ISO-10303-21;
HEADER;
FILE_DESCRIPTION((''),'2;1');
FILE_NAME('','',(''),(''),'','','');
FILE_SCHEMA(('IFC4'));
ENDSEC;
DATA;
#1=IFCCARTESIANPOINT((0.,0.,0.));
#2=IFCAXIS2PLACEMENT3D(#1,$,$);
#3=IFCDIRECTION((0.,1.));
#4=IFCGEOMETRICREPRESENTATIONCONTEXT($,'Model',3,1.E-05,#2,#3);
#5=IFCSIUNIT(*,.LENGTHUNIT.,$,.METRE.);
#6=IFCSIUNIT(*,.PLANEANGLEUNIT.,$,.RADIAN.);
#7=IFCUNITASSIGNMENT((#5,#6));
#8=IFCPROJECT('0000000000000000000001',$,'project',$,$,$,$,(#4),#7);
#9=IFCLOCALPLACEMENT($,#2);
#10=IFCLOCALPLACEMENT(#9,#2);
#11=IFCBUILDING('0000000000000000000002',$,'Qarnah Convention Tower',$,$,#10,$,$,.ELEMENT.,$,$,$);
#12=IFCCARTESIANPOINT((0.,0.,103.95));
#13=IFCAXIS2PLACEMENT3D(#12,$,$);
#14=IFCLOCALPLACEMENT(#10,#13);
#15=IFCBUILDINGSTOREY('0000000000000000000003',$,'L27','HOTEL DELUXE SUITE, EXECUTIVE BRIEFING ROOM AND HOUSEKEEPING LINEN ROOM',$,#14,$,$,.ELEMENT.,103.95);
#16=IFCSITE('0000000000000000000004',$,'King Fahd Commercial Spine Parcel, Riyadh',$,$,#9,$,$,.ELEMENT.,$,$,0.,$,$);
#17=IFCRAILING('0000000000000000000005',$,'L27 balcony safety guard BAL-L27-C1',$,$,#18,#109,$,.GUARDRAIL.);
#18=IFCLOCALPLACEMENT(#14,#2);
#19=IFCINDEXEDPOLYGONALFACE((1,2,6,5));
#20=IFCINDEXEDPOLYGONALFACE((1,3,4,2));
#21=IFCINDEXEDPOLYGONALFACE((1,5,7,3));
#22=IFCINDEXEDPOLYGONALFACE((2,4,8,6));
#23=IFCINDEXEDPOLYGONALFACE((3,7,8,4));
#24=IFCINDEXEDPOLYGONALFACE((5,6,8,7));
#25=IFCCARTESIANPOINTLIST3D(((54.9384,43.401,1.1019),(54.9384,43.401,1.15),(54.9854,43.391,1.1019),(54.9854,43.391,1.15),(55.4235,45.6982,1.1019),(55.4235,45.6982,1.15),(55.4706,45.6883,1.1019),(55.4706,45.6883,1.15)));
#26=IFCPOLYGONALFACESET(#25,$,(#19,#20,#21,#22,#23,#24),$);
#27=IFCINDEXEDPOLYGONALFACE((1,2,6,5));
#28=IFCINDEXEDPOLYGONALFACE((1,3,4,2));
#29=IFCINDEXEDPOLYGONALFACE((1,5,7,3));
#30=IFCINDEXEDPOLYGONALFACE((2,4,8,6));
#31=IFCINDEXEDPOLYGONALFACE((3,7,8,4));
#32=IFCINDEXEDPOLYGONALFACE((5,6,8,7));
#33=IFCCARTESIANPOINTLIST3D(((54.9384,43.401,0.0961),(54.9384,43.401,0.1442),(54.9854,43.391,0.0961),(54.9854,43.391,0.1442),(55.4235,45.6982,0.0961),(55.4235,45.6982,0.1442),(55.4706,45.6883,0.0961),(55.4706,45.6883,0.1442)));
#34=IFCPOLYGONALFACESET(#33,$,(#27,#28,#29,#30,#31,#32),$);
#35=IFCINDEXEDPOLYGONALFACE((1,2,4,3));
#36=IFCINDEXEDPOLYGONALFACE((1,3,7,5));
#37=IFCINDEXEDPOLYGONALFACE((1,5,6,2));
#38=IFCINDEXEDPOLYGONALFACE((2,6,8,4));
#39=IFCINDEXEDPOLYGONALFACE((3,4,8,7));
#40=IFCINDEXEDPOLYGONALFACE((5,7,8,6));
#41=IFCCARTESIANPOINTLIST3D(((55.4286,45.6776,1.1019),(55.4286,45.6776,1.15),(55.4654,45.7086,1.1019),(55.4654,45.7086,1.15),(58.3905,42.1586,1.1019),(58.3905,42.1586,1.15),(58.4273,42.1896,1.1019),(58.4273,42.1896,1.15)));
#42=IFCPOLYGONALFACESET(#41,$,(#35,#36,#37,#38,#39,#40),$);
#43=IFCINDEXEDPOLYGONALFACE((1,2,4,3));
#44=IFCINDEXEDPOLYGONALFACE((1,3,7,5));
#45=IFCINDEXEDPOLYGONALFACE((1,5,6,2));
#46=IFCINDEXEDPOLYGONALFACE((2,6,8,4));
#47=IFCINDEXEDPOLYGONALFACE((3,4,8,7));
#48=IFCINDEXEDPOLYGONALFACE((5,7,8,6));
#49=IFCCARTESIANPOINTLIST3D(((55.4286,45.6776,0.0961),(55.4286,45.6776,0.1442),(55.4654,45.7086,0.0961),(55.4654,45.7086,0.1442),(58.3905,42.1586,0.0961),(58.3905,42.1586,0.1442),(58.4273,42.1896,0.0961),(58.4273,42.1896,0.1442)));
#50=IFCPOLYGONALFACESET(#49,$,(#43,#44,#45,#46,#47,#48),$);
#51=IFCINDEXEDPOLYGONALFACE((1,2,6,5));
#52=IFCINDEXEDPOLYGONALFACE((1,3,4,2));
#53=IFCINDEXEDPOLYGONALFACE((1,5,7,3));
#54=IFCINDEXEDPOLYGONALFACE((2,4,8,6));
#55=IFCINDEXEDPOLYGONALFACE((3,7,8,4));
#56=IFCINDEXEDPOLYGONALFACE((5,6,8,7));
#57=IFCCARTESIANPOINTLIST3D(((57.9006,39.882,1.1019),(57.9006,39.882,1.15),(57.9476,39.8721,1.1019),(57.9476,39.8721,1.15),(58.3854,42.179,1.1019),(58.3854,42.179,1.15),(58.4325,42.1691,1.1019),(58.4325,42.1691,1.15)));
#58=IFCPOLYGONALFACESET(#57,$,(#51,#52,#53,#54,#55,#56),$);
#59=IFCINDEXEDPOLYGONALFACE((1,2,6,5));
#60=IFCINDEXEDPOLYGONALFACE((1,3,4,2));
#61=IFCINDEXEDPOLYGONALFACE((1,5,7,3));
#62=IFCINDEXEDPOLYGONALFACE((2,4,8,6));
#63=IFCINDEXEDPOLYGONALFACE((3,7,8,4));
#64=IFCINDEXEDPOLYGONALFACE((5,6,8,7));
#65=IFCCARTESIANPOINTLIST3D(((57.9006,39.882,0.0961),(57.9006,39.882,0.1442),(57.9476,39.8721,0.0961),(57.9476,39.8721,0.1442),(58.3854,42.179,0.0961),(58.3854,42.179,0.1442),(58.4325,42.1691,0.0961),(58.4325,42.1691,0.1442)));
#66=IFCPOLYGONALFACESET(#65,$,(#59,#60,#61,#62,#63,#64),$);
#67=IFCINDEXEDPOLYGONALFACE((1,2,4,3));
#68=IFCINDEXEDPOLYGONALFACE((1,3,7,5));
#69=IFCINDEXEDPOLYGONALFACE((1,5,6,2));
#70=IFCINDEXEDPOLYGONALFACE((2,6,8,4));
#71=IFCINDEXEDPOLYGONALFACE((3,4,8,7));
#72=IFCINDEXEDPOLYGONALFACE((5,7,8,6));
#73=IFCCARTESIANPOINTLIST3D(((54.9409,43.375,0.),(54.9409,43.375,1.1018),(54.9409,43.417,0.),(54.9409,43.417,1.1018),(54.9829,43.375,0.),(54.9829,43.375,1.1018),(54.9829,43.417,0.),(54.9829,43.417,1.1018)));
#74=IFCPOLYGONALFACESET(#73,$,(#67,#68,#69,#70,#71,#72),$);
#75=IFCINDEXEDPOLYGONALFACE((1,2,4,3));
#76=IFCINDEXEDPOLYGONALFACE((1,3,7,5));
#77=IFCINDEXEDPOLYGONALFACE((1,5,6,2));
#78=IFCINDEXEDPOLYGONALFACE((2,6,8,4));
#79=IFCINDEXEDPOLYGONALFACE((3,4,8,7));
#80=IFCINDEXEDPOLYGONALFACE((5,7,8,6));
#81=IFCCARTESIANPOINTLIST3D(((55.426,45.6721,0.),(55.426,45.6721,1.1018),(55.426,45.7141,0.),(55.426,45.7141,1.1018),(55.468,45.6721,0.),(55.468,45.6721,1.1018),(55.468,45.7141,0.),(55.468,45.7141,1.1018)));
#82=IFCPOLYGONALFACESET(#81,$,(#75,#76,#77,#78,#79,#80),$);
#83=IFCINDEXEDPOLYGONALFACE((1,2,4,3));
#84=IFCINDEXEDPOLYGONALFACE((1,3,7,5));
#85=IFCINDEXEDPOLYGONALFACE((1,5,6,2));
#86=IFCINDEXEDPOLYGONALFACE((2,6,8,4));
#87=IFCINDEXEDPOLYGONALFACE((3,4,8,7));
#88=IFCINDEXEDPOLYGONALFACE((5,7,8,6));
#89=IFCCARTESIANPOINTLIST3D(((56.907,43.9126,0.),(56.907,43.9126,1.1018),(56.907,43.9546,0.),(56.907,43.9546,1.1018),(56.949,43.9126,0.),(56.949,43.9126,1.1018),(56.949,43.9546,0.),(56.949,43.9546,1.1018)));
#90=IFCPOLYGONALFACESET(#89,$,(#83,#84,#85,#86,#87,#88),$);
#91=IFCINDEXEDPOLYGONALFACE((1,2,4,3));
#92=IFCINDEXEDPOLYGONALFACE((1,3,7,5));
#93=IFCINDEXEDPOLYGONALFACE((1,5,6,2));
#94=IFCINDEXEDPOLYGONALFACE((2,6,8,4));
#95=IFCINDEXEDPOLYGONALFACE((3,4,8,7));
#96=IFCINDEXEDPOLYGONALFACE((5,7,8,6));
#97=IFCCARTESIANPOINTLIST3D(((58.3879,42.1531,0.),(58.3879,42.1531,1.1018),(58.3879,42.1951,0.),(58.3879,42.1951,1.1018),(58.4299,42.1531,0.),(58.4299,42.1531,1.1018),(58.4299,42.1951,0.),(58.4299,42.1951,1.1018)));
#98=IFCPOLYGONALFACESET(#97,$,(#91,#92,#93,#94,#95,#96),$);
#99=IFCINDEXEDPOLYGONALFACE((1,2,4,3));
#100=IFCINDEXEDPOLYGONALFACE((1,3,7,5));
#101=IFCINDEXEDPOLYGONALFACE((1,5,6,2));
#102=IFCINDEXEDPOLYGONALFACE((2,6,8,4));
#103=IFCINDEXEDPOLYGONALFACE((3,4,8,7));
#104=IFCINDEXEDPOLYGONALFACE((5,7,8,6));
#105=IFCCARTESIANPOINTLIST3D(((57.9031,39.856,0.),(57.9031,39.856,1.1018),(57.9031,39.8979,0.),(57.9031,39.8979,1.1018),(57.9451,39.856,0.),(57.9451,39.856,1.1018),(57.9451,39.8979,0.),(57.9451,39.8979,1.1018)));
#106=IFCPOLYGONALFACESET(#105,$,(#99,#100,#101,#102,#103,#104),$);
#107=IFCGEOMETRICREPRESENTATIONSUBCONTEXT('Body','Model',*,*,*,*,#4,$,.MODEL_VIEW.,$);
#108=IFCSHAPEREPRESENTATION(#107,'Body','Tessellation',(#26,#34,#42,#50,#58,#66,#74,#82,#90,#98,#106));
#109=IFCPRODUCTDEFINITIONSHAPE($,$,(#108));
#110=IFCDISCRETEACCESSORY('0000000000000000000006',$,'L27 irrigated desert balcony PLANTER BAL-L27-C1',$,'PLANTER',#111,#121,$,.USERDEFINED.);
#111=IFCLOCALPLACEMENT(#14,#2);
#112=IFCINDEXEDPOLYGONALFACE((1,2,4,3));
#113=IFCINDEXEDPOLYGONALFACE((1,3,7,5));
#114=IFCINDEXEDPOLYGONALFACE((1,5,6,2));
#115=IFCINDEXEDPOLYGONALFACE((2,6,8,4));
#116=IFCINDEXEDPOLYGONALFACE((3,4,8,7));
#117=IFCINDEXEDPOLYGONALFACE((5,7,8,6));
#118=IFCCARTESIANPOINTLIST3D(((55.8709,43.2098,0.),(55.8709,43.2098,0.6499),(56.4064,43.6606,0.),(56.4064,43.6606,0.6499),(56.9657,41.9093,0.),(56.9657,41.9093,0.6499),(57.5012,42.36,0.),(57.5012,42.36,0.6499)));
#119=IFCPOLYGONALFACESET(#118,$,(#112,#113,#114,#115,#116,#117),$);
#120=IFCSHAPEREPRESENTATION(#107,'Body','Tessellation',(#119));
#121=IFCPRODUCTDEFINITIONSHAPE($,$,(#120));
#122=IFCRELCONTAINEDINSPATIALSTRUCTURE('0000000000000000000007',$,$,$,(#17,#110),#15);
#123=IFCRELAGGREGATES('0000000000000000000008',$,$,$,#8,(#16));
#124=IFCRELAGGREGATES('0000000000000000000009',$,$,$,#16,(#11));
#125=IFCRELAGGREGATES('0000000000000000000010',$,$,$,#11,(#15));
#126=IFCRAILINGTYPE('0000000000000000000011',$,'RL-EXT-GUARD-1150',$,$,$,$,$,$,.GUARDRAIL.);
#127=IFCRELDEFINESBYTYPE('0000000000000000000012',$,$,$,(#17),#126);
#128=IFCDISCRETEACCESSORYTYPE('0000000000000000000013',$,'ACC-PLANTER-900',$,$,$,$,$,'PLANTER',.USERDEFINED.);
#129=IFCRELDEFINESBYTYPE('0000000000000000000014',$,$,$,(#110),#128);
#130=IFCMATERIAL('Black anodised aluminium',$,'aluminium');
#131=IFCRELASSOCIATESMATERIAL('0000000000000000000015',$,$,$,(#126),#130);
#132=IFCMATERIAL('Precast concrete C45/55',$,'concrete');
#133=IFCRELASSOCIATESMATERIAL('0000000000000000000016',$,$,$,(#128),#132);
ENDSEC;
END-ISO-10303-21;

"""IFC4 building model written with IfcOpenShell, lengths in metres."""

from ifc_helpers import new_model, si_unit, direction, frame, origin, origin_2d, place, context, subcontext, project, spatial, rectangle, extrude, material, type_object, element, save


model = new_model("IFC4")

# Units and contexts
model_context = context("Model", 3, precision=1e-05, world=origin(), true_north=direction((0.0, 1.0)))
body_context = subcontext(model_context, "Body", "Model", "MODEL_VIEW")
ifc_project = project(units=[si_unit("LENGTHUNIT", "METRE"), si_unit("PLANEANGLEUNIT", "RADIAN")], contexts=[model_context])

# Site, building, storey
site_placement = place(None, origin())
site = spatial("IfcSite", under=ifc_project, at=site_placement, Name="King Fahd Commercial Spine Parcel, Riyadh", CompositionType="ELEMENT", RefElevation=0.0)
building_placement = place(site_placement, origin())
building = spatial("IfcBuilding", under=site, at=building_placement, Name="Qarnah Convention Tower", CompositionType="ELEMENT")
storey_placement = place(building_placement, frame((0.0, 0.0, 103.95)))
storey = spatial("IfcBuildingStorey", under=building, at=storey_placement, Name="L27", Description="HOTEL DELUXE SUITE, EXECUTIVE BRIEFING ROOM AND HOUSEKEEPING LINEN ROOM", CompositionType="ELEMENT", Elevation=103.95)

# Shared definitions
ifc_material_1 = material(Name="Black anodised aluminium", Category="aluminium")

# Shared definitions
ifc_material_2 = material(Name="Precast concrete C45/55", Category="concrete")

# Railing
railing_type = type_object("IfcRailingType", Name="RL-EXT-GUARD-1150", PredefinedType="GUARDRAIL", material=ifc_material_1)
railing_1_placement = place(storey_placement, frame((54.9619, 43.396, 0.0)))
element("IfcRailing", 1, at=railing_1_placement, inside=storey, type_object=railing_type, Name="L27 balcony safety guard BAL-L27-C1", PredefinedType="GUARDRAIL", context=body_context, shape_type="SweptSolid", body=[
    extrude(rectangle(XDim=0.0481, YDim=0.0481, at=origin_2d()), frame((0.0, 0.0, 1.126), z_axis=(0.206624, 0.978421, 0.0), x_axis=(-0.978421, 0.206624, 0.0)), (0.0, 0.0, 1.0), 2.3479),
    extrude(rectangle(XDim=0.0481, YDim=0.0481, at=origin_2d()), frame((0.0, 0.0, 0.1201), z_axis=(0.206624, 0.978421, 0.0), x_axis=(-0.978421, 0.206624, 0.0)), (0.0, 0.0, 1.0), 2.3479),
    extrude(rectangle(XDim=0.0481, YDim=0.0481, at=origin_2d()), frame((0.4851, 2.2971, 1.126), z_axis=(0.643946, -0.765071, 0.0), x_axis=(0.765071, 0.643946, 0.0)), (0.0, 0.0, 1.0), 4.5996),
    extrude(rectangle(XDim=0.0481, YDim=0.0481, at=origin_2d()), frame((0.4851, 2.2971, 0.1201), z_axis=(0.643946, -0.765071, 0.0), x_axis=(0.765071, 0.643946, 0.0)), (0.0, 0.0, 1.0), 4.5996),
    extrude(rectangle(XDim=0.0481, YDim=0.0481, at=origin_2d()), frame((3.447, -1.2219, 1.126), z_axis=(-0.206524, -0.978442, 0.0), x_axis=(0.978442, -0.206524, 0.0)), (0.0, 0.0, 1.0), 2.3477),
    extrude(rectangle(XDim=0.0481, YDim=0.0481, at=origin_2d()), frame((3.447, -1.2219, 0.1201), z_axis=(-0.206524, -0.978442, 0.0), x_axis=(0.978442, -0.206524, 0.0)), (0.0, 0.0, 1.0), 2.3477),
    extrude(rectangle(XDim=0.042, YDim=0.042, at=origin_2d()), origin(), (0.0, 0.0, 1.0), 1.1018),
    extrude(rectangle(XDim=0.042, YDim=0.042, at=origin_2d()), frame((0.4851, 2.2971, 0.0)), (0.0, 0.0, 1.0), 1.1018),
    extrude(rectangle(XDim=0.042, YDim=0.042, at=origin_2d()), frame((1.9661, 0.5376, 0.0)), (0.0, 0.0, 1.0), 1.1018),
    extrude(rectangle(XDim=0.042, YDim=0.042, at=origin_2d()), frame((3.447, -1.2219, 0.0)), (0.0, 0.0, 1.0), 1.1018),
    extrude(rectangle(XDim=0.042, YDim=0.042, at=origin_2d()), frame((2.9622, -3.519, 0.0)), (0.0, 0.0, 1.0), 1.1018),
])

# Discrete accessory
discrete_accessory_type = type_object("IfcDiscreteAccessoryType", Name="ACC-PLANTER-900", ElementType="PLANTER", PredefinedType="USERDEFINED", material=ifc_material_2)
discrete_accessory_placement = place(storey_placement, frame((56.686, 42.7849, 0.0), z_axis=(0.0, 0.0, 1.0), x_axis=(-0.64399, 0.765034, 0.0)))
element("IfcDiscreteAccessory", 2, at=discrete_accessory_placement, inside=storey, type_object=discrete_accessory_type, Name="L27 irrigated desert balcony PLANTER BAL-L27-C1", ObjectType="PLANTER", PredefinedType="USERDEFINED", context=body_context, shape_type="SweptSolid", body=[
    extrude(rectangle(XDim=1.7, YDim=0.7, at=origin_2d()), origin(), (0.0, 0.0, 1.0), 0.6499),
])

save(model, "model.ifc")
